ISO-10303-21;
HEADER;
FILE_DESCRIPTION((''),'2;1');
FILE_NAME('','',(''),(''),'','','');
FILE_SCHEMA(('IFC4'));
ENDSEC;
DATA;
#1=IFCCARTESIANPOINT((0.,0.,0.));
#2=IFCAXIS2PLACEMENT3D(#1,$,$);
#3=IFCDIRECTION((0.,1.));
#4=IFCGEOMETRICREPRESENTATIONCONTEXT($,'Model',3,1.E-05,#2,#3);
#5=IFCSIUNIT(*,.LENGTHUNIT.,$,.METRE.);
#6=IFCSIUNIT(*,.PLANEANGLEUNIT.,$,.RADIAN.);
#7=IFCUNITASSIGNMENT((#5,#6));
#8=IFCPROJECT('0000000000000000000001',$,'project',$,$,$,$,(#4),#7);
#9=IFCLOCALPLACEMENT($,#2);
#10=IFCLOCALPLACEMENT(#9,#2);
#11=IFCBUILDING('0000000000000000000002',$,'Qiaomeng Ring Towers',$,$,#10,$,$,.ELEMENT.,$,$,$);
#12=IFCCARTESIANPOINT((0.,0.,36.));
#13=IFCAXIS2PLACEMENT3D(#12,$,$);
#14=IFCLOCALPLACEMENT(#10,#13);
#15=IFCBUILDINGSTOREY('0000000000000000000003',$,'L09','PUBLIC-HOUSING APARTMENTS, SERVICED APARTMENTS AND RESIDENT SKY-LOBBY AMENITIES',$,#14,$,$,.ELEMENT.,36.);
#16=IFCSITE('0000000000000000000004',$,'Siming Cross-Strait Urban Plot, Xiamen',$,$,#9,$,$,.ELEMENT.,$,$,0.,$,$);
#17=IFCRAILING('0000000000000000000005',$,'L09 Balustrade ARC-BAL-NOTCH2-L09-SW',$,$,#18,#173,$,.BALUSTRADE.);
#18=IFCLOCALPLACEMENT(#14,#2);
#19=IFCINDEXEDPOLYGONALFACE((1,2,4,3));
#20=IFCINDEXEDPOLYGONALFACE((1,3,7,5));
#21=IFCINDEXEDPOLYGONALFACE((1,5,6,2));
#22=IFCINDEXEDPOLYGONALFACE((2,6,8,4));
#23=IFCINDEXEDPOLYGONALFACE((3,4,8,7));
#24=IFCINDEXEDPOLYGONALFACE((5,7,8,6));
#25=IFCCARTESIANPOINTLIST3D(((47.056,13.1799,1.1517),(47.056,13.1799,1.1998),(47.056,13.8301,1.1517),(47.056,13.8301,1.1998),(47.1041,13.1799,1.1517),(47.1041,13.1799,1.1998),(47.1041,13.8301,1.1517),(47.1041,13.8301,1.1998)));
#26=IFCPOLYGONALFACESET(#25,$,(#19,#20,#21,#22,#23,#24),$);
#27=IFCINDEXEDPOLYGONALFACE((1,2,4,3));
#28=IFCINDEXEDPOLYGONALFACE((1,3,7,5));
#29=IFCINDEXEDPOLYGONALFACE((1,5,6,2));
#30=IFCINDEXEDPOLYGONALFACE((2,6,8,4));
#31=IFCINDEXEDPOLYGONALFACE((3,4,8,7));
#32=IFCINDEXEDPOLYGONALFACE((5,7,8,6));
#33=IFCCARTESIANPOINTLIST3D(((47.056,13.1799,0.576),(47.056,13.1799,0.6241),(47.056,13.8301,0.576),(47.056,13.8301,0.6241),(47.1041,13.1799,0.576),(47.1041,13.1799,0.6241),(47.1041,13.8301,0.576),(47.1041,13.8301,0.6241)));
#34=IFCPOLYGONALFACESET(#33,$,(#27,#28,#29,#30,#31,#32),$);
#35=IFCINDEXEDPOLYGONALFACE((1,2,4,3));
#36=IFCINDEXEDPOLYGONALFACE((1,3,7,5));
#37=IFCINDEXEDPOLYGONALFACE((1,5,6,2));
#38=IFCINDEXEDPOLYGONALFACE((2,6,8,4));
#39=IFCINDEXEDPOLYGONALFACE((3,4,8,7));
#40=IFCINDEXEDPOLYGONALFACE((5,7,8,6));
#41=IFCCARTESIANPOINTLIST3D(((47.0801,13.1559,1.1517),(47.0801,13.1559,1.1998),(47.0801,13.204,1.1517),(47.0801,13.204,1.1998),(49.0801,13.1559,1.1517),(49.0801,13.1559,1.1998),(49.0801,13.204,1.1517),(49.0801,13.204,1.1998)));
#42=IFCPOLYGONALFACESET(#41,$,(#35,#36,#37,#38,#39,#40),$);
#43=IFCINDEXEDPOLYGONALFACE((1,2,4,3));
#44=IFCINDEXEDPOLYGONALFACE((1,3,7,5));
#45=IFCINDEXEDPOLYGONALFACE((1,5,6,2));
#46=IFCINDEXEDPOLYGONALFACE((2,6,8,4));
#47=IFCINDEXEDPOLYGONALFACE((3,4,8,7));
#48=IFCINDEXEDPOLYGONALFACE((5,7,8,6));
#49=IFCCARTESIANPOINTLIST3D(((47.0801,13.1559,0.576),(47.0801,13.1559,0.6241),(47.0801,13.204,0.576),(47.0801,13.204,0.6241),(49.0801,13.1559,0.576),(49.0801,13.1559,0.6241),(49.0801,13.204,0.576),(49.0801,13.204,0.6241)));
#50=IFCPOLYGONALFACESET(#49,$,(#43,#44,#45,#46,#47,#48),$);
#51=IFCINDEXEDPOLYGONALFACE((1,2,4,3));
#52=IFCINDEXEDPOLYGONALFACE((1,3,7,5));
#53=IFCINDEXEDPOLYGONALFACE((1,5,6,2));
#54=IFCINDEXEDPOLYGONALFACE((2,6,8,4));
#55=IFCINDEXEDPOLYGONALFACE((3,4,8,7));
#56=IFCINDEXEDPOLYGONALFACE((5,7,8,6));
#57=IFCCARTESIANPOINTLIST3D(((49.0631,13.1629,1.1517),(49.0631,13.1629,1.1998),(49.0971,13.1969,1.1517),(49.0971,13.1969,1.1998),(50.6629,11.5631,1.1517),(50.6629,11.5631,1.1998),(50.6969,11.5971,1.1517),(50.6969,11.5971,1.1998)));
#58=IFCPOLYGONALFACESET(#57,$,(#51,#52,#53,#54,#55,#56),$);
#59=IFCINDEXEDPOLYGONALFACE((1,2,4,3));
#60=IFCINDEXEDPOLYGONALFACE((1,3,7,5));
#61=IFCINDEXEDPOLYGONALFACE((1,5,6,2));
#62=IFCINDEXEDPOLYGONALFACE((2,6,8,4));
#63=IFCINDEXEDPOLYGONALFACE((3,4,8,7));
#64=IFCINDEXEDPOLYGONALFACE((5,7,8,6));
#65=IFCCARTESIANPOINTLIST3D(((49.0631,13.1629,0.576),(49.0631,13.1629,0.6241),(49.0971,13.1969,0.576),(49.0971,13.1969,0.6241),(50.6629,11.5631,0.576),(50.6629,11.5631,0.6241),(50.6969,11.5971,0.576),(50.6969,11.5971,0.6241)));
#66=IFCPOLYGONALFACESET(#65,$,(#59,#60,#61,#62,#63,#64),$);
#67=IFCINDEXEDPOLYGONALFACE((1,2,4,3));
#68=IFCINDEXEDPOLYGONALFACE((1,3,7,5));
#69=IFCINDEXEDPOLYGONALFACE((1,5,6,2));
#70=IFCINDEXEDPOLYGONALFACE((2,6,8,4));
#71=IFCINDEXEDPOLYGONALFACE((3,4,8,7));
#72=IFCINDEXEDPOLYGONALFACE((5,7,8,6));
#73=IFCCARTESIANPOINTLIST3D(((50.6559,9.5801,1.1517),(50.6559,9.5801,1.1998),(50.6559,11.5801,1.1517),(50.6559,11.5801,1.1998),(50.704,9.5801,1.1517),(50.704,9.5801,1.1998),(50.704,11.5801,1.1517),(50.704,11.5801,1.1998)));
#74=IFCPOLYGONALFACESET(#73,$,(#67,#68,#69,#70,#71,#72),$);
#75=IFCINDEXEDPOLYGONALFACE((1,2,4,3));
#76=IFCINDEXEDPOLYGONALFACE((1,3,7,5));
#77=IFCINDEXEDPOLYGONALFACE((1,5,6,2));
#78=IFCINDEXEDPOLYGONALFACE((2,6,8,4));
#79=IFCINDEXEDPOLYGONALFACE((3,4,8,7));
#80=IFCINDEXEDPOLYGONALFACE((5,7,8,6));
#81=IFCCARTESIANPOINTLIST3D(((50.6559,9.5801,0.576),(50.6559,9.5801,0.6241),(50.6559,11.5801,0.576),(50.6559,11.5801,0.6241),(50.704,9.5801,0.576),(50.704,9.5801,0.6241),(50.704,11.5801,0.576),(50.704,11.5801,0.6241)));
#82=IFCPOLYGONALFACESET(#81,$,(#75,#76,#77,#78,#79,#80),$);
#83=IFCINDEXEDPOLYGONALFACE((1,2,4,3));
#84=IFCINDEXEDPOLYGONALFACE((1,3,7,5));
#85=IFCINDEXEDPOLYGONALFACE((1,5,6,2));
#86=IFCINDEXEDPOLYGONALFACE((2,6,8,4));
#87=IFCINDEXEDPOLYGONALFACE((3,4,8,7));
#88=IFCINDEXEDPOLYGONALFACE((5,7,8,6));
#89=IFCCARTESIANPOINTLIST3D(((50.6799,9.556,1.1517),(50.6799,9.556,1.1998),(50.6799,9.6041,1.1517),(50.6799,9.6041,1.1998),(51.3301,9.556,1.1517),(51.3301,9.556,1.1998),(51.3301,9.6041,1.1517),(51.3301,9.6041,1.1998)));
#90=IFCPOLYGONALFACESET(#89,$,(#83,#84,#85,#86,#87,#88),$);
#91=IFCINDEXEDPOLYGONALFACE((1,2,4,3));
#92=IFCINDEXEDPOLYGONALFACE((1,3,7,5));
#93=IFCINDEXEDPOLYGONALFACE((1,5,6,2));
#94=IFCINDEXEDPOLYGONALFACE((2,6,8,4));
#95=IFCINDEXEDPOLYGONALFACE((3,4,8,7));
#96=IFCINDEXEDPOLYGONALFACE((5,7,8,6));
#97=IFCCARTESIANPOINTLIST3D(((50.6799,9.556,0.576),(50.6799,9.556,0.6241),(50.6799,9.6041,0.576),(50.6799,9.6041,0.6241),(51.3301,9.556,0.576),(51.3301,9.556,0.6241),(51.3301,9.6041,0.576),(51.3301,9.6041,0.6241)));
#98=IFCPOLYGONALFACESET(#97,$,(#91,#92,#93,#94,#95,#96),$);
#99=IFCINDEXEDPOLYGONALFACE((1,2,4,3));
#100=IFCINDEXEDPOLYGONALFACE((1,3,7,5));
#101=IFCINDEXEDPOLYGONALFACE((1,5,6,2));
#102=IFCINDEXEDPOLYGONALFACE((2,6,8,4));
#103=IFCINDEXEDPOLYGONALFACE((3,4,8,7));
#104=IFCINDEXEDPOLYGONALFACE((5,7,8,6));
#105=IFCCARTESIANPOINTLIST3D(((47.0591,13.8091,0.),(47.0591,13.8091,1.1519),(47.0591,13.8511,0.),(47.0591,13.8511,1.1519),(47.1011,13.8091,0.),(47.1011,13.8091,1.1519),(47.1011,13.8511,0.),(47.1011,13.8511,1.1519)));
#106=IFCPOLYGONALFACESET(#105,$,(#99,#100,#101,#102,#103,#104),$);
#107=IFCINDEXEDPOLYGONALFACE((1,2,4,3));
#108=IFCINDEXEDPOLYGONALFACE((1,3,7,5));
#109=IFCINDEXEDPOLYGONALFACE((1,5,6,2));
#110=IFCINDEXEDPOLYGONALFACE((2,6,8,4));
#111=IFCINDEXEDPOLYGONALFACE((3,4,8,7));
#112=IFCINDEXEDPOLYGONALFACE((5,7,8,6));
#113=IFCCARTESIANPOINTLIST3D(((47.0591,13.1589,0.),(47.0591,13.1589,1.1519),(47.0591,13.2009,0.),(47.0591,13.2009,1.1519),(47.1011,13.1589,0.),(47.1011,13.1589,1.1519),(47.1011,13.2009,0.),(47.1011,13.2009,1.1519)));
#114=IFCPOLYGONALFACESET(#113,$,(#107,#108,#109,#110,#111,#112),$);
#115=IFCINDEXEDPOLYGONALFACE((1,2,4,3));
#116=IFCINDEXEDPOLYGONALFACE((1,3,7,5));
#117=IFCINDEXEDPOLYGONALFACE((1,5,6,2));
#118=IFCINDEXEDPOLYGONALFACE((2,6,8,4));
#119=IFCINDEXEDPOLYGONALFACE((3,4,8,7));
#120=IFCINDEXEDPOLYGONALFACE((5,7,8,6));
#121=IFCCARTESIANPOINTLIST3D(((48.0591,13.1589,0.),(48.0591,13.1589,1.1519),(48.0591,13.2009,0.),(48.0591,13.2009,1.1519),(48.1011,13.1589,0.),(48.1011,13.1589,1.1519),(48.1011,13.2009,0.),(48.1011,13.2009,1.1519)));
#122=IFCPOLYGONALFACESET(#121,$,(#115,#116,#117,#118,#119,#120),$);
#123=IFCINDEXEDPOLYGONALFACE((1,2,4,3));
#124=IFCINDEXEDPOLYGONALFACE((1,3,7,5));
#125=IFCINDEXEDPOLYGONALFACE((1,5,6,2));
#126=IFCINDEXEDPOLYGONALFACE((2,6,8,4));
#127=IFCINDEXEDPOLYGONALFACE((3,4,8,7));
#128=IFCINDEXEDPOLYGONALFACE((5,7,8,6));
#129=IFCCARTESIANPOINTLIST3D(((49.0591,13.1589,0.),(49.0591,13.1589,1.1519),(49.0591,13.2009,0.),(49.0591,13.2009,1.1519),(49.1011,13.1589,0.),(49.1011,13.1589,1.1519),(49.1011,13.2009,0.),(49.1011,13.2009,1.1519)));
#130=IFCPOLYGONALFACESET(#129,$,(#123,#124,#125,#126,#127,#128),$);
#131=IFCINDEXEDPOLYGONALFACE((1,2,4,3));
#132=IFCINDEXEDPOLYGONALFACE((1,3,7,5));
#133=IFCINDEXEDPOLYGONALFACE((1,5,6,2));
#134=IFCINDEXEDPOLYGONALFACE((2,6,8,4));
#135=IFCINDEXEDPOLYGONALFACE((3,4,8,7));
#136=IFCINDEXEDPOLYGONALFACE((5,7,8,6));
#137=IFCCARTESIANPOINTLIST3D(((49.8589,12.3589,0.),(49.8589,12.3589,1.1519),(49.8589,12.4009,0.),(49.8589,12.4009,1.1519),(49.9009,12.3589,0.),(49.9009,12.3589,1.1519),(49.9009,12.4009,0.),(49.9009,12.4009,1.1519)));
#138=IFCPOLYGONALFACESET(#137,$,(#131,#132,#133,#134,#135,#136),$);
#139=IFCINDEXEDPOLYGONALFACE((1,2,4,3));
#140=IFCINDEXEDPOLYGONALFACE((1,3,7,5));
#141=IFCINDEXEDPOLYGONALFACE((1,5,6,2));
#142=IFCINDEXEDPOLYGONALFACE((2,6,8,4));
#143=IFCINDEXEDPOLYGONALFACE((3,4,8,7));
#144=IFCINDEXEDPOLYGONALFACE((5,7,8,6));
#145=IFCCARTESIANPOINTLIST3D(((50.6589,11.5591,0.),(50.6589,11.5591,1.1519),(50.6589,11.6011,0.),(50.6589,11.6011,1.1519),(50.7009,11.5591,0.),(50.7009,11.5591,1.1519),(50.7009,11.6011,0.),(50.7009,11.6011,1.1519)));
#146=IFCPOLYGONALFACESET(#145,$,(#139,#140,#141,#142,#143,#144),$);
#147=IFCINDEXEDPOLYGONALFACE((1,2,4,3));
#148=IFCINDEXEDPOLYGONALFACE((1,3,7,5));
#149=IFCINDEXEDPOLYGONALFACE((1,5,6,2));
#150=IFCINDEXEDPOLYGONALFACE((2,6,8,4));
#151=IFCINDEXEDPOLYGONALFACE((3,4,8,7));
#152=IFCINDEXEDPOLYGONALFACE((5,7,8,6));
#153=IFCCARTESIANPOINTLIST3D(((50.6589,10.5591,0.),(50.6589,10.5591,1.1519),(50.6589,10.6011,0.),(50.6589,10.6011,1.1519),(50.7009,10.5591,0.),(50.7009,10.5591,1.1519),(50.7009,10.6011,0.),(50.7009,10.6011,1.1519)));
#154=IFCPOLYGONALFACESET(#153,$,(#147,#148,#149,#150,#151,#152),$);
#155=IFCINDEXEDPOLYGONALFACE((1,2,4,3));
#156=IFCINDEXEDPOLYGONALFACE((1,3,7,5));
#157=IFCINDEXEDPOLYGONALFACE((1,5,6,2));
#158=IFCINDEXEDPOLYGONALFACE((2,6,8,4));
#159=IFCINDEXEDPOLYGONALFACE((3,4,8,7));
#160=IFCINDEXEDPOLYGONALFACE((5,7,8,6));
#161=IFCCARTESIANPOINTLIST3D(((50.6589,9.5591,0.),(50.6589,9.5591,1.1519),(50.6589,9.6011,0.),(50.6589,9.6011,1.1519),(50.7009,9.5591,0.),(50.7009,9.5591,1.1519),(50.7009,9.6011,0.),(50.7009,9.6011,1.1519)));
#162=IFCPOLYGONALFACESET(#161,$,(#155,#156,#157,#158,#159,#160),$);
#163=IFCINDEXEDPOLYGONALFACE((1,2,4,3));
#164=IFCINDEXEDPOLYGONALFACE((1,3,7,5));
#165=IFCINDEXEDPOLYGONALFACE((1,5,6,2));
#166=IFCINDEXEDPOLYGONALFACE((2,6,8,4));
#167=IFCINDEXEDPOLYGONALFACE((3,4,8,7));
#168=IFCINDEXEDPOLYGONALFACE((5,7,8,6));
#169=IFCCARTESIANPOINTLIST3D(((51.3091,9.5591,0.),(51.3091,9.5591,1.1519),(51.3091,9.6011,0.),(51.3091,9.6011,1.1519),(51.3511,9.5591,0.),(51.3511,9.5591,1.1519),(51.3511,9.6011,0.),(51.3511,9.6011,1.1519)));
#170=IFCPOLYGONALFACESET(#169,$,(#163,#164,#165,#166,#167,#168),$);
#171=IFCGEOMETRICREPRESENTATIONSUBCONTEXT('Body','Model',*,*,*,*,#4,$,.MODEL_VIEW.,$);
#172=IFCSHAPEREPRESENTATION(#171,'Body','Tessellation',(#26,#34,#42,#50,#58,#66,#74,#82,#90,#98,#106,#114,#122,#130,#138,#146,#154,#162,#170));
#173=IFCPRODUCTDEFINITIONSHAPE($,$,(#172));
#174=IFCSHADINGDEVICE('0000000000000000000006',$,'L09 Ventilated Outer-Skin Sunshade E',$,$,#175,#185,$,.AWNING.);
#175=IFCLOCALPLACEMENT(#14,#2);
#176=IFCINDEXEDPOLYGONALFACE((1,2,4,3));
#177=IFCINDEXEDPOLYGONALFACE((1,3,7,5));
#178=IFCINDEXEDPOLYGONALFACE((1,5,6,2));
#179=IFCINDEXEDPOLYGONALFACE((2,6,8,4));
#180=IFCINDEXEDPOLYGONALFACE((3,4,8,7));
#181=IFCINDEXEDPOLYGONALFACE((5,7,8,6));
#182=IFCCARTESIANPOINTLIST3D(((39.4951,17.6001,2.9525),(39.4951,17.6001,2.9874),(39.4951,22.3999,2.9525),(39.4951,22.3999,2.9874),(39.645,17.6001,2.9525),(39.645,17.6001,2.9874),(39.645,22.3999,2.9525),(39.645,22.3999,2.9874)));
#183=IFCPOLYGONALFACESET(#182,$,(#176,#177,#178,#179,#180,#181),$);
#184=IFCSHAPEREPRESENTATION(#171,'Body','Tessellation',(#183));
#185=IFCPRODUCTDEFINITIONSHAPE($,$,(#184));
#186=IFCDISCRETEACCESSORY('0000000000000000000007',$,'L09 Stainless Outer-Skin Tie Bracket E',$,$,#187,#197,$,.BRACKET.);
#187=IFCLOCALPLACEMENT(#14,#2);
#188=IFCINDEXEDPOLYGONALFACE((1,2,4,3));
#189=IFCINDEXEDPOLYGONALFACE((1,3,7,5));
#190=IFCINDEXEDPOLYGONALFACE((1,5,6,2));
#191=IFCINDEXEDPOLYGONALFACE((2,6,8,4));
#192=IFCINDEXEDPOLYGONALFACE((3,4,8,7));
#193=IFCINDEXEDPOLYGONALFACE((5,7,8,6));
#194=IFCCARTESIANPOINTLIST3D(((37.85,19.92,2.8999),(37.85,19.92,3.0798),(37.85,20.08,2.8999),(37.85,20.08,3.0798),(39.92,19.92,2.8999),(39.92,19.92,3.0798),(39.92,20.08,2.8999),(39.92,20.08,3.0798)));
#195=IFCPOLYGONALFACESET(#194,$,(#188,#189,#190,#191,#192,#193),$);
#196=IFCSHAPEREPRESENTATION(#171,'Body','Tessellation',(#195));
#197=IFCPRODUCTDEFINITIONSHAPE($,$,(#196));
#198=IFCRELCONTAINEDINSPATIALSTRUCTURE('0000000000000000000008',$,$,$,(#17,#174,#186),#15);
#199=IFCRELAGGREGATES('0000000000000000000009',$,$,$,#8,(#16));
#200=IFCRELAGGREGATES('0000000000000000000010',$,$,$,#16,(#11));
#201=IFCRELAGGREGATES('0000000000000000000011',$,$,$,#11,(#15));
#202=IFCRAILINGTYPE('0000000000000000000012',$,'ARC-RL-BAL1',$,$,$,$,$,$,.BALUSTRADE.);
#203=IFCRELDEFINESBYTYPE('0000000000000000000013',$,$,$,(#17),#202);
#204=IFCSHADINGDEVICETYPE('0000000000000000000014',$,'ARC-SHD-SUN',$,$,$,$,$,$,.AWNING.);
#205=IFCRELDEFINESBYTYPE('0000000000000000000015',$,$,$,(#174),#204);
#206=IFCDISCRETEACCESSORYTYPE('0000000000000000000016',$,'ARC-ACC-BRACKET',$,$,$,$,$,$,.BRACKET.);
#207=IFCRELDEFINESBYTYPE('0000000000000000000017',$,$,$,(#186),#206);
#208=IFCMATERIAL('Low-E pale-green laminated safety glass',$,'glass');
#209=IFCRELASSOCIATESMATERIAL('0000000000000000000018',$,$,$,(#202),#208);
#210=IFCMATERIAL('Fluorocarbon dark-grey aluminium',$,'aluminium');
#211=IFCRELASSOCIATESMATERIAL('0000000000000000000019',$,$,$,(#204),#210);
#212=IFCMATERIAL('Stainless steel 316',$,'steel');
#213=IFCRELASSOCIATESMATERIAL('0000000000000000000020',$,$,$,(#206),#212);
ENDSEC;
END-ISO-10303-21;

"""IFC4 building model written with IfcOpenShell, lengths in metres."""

from ifc_helpers import new_model, si_unit, direction, frame, origin, origin_2d, place, context, subcontext, project, spatial, rectangle, extrude, source, transform, mapped, material, material_profile, profile_set, type_object, element, save


model = new_model("IFC4")

# Units and contexts
model_context = context("Model", 3, precision=1e-05, world=origin(), true_north=direction((0.0, 1.0)))
body_context = subcontext(model_context, "Body", "Model", "MODEL_VIEW")
ifc_project = project(units=[si_unit("LENGTHUNIT", "METRE"), si_unit("PLANEANGLEUNIT", "RADIAN")], contexts=[model_context])

# Site, building, storey
site_placement = place(None, origin())
site = spatial("IfcSite", under=ifc_project, at=site_placement, Name="Siming Cross-Strait Urban Plot, Xiamen", CompositionType="ELEMENT", RefElevation=0.0)
building_placement = place(site_placement, origin())
building = spatial("IfcBuilding", under=site, at=building_placement, Name="Qiaomeng Ring Towers", CompositionType="ELEMENT")
storey_placement = place(building_placement, frame((0.0, 0.0, 36.0)))
storey = spatial("IfcBuildingStorey", under=building, at=storey_placement, Name="L09", Description="PUBLIC-HOUSING APARTMENTS, SERVICED APARTMENTS AND RESIDENT SKY-LOBBY AMENITIES", CompositionType="ELEMENT", Elevation=36.0)

# Shared definitions
ifc_material_1 = material(Name="Stainless steel 316", Category="steel")

# Railing
ifc_material_2 = material(Name="Low-E pale-green laminated safety glass", Category="glass")
railing_type = type_object("IfcRailingType", Name="ARC-RL-BAL1", PredefinedType="BALUSTRADE", material=ifc_material_2)
railing_1_placement = place(storey_placement, frame((47.0801, 13.8301, 0.0)))
element("IfcRailing", 1, at=railing_1_placement, inside=storey, type_object=railing_type, Name="L09 Balustrade ARC-BAL-NOTCH2-L09-SW", PredefinedType="BALUSTRADE", context=body_context, shape_type="SweptSolid", body=[
    extrude(rectangle(XDim=0.0481, YDim=0.0481, at=origin_2d()), frame((0.0, 0.0, 1.1758), z_axis=(0.0, -1.0, 0.0), x_axis=(1.0, 0.0, 0.0)), (0.0, 0.0, 1.0), 0.6501),
    extrude(rectangle(XDim=0.0481, YDim=0.0481, at=origin_2d()), frame((0.0, 0.0, 0.6001), z_axis=(0.0, -1.0, 0.0), x_axis=(1.0, 0.0, 0.0)), (0.0, 0.0, 1.0), 0.6501),
    extrude(rectangle(XDim=0.0481, YDim=0.0481, at=origin_2d()), frame((0.0, -0.6501, 1.1758), z_axis=(1.0, 0.0, 0.0), x_axis=(0.0, 1.0, 0.0)), (0.0, 0.0, 1.0), 2.0),
    extrude(rectangle(XDim=0.0481, YDim=0.0481, at=origin_2d()), frame((0.0, -0.6501, 0.6001), z_axis=(1.0, 0.0, 0.0), x_axis=(0.0, 1.0, 0.0)), (0.0, 0.0, 1.0), 2.0),
    extrude(rectangle(XDim=0.0481, YDim=0.0481, at=origin_2d()), frame((2.0, -0.6501, 1.1758), z_axis=(0.707107, -0.707107, 0.0), x_axis=(0.707107, 0.707107, 0.0)), (0.0, 0.0, 1.0), 2.2625),
    extrude(rectangle(XDim=0.0481, YDim=0.0481, at=origin_2d()), frame((2.0, -0.6501, 0.6001), z_axis=(0.707107, -0.707107, 0.0), x_axis=(0.707107, 0.707107, 0.0)), (0.0, 0.0, 1.0), 2.2625),
    extrude(rectangle(XDim=0.0481, YDim=0.0481, at=origin_2d()), frame((3.5999, -2.25, 1.1758), z_axis=(0.0, -1.0, 0.0), x_axis=(1.0, 0.0, 0.0)), (0.0, 0.0, 1.0), 2.0),
    extrude(rectangle(XDim=0.0481, YDim=0.0481, at=origin_2d()), frame((3.5999, -2.25, 0.6001), z_axis=(0.0, -1.0, 0.0), x_axis=(1.0, 0.0, 0.0)), (0.0, 0.0, 1.0), 2.0),
    extrude(rectangle(XDim=0.0481, YDim=0.0481, at=origin_2d()), frame((3.5999, -4.25, 1.1758), z_axis=(1.0, 0.0, 0.0), x_axis=(0.0, 1.0, 0.0)), (0.0, 0.0, 1.0), 0.6501),
    extrude(rectangle(XDim=0.0481, YDim=0.0481, at=origin_2d()), frame((3.5999, -4.25, 0.6001), z_axis=(1.0, 0.0, 0.0), x_axis=(0.0, 1.0, 0.0)), (0.0, 0.0, 1.0), 0.6501),
    extrude(rectangle(XDim=0.042, YDim=0.042, at=origin_2d()), origin(), (0.0, 0.0, 1.0), 1.1519),
    extrude(rectangle(XDim=0.042, YDim=0.042, at=origin_2d()), frame((0.0, -0.6501, 0.0)), (0.0, 0.0, 1.0), 1.1519),
    extrude(rectangle(XDim=0.042, YDim=0.042, at=origin_2d()), frame((1.0, -0.6501, 0.0)), (0.0, 0.0, 1.0), 1.1519),
    extrude(rectangle(XDim=0.042, YDim=0.042, at=origin_2d()), frame((2.0, -0.6501, 0.0)), (0.0, 0.0, 1.0), 1.1519),
    extrude(rectangle(XDim=0.042, YDim=0.042, at=origin_2d()), frame((2.7998, -1.4502, 0.0)), (0.0, 0.0, 1.0), 1.1519),
    extrude(rectangle(XDim=0.042, YDim=0.042, at=origin_2d()), frame((3.5999, -2.25, 0.0)), (0.0, 0.0, 1.0), 1.1519),
    extrude(rectangle(XDim=0.042, YDim=0.042, at=origin_2d()), frame((3.5999, -3.25, 0.0)), (0.0, 0.0, 1.0), 1.1519),
    extrude(rectangle(XDim=0.042, YDim=0.042, at=origin_2d()), frame((3.5999, -4.25, 0.0)), (0.0, 0.0, 1.0), 1.1519),
    extrude(rectangle(XDim=0.042, YDim=0.042, at=origin_2d()), frame((4.25, -4.25, 0.0)), (0.0, 0.0, 1.0), 1.1519),
])

# Shading device
ifc_material_3 = material(Name="Fluorocarbon dark-grey aluminium", Category="aluminium")
ifc_material_profile_1 = material_profile(ifc_material_3, rectangle(XDim=0.1499, YDim=0.0349, at=origin_2d()), Name="LV BLADE 150x35")
ifc_profile_set_1 = profile_set([ifc_material_profile_1], Name="Fluorocarbon dark-grey aluminium")
shading_device_type = type_object("IfcShadingDeviceType", Name="ARC-SHD-SUN", PredefinedType="AWNING", material=ifc_profile_set_1)
shared_shape_1 = source(origin(), body_context, "Body", "SweptSolid", [
    extrude(rectangle(XDim=0.1499, YDim=0.0349, at=origin_2d()), origin(), (0.0, 0.0, 1.0), 4.7998),
])
shading_device_placement = place(storey_placement, frame((39.5701, 17.6001, 2.97), z_axis=(0.0, 1.0, 0.0), x_axis=(-1.0, 0.0, 0.0)))
element("IfcShadingDevice", 2, at=shading_device_placement, inside=storey, type_object=shading_device_type, Name="L09 Ventilated Outer-Skin Sunshade E", PredefinedType="AWNING", context=body_context, shape_type="MappedRepresentation", body=[
    mapped(shared_shape_1, transform((0.0, 0.0, 0.0), x_axis=(1.0, 0.0, 0.0), y_axis=(0.0, 1.0, 0.0), z_axis=(0.0, 0.0, 1.0), scale=1.0)),
])

# Discrete accessory
discrete_accessory_type = type_object("IfcDiscreteAccessoryType", Name="ARC-ACC-BRACKET", PredefinedType="BRACKET", material=ifc_material_1)
shared_shape_2 = source(origin(), body_context, "Body", "SweptSolid", [
    extrude(rectangle(XDim=2.0701, YDim=0.1599, at=origin_2d()), origin(), (0.0, 0.0, 1.0), 0.1799),
])
discrete_accessory_placement = place(storey_placement, frame((38.885, 20.0, 2.8999), z_axis=(0.0, 0.0, 1.0), x_axis=(1.0, 0.0, 0.0)))
element("IfcDiscreteAccessory", 3, at=discrete_accessory_placement, inside=storey, type_object=discrete_accessory_type, Name="L09 Stainless Outer-Skin Tie Bracket E", PredefinedType="BRACKET", context=body_context, shape_type="MappedRepresentation", body=[
    mapped(shared_shape_2, transform((0.0, 0.0, 0.0), x_axis=(1.0, 0.0, 0.0), y_axis=(0.0, 1.0, 0.0), z_axis=(0.0, 0.0, 1.0), scale=1.0)),
])

save(model, "model.ifc")
